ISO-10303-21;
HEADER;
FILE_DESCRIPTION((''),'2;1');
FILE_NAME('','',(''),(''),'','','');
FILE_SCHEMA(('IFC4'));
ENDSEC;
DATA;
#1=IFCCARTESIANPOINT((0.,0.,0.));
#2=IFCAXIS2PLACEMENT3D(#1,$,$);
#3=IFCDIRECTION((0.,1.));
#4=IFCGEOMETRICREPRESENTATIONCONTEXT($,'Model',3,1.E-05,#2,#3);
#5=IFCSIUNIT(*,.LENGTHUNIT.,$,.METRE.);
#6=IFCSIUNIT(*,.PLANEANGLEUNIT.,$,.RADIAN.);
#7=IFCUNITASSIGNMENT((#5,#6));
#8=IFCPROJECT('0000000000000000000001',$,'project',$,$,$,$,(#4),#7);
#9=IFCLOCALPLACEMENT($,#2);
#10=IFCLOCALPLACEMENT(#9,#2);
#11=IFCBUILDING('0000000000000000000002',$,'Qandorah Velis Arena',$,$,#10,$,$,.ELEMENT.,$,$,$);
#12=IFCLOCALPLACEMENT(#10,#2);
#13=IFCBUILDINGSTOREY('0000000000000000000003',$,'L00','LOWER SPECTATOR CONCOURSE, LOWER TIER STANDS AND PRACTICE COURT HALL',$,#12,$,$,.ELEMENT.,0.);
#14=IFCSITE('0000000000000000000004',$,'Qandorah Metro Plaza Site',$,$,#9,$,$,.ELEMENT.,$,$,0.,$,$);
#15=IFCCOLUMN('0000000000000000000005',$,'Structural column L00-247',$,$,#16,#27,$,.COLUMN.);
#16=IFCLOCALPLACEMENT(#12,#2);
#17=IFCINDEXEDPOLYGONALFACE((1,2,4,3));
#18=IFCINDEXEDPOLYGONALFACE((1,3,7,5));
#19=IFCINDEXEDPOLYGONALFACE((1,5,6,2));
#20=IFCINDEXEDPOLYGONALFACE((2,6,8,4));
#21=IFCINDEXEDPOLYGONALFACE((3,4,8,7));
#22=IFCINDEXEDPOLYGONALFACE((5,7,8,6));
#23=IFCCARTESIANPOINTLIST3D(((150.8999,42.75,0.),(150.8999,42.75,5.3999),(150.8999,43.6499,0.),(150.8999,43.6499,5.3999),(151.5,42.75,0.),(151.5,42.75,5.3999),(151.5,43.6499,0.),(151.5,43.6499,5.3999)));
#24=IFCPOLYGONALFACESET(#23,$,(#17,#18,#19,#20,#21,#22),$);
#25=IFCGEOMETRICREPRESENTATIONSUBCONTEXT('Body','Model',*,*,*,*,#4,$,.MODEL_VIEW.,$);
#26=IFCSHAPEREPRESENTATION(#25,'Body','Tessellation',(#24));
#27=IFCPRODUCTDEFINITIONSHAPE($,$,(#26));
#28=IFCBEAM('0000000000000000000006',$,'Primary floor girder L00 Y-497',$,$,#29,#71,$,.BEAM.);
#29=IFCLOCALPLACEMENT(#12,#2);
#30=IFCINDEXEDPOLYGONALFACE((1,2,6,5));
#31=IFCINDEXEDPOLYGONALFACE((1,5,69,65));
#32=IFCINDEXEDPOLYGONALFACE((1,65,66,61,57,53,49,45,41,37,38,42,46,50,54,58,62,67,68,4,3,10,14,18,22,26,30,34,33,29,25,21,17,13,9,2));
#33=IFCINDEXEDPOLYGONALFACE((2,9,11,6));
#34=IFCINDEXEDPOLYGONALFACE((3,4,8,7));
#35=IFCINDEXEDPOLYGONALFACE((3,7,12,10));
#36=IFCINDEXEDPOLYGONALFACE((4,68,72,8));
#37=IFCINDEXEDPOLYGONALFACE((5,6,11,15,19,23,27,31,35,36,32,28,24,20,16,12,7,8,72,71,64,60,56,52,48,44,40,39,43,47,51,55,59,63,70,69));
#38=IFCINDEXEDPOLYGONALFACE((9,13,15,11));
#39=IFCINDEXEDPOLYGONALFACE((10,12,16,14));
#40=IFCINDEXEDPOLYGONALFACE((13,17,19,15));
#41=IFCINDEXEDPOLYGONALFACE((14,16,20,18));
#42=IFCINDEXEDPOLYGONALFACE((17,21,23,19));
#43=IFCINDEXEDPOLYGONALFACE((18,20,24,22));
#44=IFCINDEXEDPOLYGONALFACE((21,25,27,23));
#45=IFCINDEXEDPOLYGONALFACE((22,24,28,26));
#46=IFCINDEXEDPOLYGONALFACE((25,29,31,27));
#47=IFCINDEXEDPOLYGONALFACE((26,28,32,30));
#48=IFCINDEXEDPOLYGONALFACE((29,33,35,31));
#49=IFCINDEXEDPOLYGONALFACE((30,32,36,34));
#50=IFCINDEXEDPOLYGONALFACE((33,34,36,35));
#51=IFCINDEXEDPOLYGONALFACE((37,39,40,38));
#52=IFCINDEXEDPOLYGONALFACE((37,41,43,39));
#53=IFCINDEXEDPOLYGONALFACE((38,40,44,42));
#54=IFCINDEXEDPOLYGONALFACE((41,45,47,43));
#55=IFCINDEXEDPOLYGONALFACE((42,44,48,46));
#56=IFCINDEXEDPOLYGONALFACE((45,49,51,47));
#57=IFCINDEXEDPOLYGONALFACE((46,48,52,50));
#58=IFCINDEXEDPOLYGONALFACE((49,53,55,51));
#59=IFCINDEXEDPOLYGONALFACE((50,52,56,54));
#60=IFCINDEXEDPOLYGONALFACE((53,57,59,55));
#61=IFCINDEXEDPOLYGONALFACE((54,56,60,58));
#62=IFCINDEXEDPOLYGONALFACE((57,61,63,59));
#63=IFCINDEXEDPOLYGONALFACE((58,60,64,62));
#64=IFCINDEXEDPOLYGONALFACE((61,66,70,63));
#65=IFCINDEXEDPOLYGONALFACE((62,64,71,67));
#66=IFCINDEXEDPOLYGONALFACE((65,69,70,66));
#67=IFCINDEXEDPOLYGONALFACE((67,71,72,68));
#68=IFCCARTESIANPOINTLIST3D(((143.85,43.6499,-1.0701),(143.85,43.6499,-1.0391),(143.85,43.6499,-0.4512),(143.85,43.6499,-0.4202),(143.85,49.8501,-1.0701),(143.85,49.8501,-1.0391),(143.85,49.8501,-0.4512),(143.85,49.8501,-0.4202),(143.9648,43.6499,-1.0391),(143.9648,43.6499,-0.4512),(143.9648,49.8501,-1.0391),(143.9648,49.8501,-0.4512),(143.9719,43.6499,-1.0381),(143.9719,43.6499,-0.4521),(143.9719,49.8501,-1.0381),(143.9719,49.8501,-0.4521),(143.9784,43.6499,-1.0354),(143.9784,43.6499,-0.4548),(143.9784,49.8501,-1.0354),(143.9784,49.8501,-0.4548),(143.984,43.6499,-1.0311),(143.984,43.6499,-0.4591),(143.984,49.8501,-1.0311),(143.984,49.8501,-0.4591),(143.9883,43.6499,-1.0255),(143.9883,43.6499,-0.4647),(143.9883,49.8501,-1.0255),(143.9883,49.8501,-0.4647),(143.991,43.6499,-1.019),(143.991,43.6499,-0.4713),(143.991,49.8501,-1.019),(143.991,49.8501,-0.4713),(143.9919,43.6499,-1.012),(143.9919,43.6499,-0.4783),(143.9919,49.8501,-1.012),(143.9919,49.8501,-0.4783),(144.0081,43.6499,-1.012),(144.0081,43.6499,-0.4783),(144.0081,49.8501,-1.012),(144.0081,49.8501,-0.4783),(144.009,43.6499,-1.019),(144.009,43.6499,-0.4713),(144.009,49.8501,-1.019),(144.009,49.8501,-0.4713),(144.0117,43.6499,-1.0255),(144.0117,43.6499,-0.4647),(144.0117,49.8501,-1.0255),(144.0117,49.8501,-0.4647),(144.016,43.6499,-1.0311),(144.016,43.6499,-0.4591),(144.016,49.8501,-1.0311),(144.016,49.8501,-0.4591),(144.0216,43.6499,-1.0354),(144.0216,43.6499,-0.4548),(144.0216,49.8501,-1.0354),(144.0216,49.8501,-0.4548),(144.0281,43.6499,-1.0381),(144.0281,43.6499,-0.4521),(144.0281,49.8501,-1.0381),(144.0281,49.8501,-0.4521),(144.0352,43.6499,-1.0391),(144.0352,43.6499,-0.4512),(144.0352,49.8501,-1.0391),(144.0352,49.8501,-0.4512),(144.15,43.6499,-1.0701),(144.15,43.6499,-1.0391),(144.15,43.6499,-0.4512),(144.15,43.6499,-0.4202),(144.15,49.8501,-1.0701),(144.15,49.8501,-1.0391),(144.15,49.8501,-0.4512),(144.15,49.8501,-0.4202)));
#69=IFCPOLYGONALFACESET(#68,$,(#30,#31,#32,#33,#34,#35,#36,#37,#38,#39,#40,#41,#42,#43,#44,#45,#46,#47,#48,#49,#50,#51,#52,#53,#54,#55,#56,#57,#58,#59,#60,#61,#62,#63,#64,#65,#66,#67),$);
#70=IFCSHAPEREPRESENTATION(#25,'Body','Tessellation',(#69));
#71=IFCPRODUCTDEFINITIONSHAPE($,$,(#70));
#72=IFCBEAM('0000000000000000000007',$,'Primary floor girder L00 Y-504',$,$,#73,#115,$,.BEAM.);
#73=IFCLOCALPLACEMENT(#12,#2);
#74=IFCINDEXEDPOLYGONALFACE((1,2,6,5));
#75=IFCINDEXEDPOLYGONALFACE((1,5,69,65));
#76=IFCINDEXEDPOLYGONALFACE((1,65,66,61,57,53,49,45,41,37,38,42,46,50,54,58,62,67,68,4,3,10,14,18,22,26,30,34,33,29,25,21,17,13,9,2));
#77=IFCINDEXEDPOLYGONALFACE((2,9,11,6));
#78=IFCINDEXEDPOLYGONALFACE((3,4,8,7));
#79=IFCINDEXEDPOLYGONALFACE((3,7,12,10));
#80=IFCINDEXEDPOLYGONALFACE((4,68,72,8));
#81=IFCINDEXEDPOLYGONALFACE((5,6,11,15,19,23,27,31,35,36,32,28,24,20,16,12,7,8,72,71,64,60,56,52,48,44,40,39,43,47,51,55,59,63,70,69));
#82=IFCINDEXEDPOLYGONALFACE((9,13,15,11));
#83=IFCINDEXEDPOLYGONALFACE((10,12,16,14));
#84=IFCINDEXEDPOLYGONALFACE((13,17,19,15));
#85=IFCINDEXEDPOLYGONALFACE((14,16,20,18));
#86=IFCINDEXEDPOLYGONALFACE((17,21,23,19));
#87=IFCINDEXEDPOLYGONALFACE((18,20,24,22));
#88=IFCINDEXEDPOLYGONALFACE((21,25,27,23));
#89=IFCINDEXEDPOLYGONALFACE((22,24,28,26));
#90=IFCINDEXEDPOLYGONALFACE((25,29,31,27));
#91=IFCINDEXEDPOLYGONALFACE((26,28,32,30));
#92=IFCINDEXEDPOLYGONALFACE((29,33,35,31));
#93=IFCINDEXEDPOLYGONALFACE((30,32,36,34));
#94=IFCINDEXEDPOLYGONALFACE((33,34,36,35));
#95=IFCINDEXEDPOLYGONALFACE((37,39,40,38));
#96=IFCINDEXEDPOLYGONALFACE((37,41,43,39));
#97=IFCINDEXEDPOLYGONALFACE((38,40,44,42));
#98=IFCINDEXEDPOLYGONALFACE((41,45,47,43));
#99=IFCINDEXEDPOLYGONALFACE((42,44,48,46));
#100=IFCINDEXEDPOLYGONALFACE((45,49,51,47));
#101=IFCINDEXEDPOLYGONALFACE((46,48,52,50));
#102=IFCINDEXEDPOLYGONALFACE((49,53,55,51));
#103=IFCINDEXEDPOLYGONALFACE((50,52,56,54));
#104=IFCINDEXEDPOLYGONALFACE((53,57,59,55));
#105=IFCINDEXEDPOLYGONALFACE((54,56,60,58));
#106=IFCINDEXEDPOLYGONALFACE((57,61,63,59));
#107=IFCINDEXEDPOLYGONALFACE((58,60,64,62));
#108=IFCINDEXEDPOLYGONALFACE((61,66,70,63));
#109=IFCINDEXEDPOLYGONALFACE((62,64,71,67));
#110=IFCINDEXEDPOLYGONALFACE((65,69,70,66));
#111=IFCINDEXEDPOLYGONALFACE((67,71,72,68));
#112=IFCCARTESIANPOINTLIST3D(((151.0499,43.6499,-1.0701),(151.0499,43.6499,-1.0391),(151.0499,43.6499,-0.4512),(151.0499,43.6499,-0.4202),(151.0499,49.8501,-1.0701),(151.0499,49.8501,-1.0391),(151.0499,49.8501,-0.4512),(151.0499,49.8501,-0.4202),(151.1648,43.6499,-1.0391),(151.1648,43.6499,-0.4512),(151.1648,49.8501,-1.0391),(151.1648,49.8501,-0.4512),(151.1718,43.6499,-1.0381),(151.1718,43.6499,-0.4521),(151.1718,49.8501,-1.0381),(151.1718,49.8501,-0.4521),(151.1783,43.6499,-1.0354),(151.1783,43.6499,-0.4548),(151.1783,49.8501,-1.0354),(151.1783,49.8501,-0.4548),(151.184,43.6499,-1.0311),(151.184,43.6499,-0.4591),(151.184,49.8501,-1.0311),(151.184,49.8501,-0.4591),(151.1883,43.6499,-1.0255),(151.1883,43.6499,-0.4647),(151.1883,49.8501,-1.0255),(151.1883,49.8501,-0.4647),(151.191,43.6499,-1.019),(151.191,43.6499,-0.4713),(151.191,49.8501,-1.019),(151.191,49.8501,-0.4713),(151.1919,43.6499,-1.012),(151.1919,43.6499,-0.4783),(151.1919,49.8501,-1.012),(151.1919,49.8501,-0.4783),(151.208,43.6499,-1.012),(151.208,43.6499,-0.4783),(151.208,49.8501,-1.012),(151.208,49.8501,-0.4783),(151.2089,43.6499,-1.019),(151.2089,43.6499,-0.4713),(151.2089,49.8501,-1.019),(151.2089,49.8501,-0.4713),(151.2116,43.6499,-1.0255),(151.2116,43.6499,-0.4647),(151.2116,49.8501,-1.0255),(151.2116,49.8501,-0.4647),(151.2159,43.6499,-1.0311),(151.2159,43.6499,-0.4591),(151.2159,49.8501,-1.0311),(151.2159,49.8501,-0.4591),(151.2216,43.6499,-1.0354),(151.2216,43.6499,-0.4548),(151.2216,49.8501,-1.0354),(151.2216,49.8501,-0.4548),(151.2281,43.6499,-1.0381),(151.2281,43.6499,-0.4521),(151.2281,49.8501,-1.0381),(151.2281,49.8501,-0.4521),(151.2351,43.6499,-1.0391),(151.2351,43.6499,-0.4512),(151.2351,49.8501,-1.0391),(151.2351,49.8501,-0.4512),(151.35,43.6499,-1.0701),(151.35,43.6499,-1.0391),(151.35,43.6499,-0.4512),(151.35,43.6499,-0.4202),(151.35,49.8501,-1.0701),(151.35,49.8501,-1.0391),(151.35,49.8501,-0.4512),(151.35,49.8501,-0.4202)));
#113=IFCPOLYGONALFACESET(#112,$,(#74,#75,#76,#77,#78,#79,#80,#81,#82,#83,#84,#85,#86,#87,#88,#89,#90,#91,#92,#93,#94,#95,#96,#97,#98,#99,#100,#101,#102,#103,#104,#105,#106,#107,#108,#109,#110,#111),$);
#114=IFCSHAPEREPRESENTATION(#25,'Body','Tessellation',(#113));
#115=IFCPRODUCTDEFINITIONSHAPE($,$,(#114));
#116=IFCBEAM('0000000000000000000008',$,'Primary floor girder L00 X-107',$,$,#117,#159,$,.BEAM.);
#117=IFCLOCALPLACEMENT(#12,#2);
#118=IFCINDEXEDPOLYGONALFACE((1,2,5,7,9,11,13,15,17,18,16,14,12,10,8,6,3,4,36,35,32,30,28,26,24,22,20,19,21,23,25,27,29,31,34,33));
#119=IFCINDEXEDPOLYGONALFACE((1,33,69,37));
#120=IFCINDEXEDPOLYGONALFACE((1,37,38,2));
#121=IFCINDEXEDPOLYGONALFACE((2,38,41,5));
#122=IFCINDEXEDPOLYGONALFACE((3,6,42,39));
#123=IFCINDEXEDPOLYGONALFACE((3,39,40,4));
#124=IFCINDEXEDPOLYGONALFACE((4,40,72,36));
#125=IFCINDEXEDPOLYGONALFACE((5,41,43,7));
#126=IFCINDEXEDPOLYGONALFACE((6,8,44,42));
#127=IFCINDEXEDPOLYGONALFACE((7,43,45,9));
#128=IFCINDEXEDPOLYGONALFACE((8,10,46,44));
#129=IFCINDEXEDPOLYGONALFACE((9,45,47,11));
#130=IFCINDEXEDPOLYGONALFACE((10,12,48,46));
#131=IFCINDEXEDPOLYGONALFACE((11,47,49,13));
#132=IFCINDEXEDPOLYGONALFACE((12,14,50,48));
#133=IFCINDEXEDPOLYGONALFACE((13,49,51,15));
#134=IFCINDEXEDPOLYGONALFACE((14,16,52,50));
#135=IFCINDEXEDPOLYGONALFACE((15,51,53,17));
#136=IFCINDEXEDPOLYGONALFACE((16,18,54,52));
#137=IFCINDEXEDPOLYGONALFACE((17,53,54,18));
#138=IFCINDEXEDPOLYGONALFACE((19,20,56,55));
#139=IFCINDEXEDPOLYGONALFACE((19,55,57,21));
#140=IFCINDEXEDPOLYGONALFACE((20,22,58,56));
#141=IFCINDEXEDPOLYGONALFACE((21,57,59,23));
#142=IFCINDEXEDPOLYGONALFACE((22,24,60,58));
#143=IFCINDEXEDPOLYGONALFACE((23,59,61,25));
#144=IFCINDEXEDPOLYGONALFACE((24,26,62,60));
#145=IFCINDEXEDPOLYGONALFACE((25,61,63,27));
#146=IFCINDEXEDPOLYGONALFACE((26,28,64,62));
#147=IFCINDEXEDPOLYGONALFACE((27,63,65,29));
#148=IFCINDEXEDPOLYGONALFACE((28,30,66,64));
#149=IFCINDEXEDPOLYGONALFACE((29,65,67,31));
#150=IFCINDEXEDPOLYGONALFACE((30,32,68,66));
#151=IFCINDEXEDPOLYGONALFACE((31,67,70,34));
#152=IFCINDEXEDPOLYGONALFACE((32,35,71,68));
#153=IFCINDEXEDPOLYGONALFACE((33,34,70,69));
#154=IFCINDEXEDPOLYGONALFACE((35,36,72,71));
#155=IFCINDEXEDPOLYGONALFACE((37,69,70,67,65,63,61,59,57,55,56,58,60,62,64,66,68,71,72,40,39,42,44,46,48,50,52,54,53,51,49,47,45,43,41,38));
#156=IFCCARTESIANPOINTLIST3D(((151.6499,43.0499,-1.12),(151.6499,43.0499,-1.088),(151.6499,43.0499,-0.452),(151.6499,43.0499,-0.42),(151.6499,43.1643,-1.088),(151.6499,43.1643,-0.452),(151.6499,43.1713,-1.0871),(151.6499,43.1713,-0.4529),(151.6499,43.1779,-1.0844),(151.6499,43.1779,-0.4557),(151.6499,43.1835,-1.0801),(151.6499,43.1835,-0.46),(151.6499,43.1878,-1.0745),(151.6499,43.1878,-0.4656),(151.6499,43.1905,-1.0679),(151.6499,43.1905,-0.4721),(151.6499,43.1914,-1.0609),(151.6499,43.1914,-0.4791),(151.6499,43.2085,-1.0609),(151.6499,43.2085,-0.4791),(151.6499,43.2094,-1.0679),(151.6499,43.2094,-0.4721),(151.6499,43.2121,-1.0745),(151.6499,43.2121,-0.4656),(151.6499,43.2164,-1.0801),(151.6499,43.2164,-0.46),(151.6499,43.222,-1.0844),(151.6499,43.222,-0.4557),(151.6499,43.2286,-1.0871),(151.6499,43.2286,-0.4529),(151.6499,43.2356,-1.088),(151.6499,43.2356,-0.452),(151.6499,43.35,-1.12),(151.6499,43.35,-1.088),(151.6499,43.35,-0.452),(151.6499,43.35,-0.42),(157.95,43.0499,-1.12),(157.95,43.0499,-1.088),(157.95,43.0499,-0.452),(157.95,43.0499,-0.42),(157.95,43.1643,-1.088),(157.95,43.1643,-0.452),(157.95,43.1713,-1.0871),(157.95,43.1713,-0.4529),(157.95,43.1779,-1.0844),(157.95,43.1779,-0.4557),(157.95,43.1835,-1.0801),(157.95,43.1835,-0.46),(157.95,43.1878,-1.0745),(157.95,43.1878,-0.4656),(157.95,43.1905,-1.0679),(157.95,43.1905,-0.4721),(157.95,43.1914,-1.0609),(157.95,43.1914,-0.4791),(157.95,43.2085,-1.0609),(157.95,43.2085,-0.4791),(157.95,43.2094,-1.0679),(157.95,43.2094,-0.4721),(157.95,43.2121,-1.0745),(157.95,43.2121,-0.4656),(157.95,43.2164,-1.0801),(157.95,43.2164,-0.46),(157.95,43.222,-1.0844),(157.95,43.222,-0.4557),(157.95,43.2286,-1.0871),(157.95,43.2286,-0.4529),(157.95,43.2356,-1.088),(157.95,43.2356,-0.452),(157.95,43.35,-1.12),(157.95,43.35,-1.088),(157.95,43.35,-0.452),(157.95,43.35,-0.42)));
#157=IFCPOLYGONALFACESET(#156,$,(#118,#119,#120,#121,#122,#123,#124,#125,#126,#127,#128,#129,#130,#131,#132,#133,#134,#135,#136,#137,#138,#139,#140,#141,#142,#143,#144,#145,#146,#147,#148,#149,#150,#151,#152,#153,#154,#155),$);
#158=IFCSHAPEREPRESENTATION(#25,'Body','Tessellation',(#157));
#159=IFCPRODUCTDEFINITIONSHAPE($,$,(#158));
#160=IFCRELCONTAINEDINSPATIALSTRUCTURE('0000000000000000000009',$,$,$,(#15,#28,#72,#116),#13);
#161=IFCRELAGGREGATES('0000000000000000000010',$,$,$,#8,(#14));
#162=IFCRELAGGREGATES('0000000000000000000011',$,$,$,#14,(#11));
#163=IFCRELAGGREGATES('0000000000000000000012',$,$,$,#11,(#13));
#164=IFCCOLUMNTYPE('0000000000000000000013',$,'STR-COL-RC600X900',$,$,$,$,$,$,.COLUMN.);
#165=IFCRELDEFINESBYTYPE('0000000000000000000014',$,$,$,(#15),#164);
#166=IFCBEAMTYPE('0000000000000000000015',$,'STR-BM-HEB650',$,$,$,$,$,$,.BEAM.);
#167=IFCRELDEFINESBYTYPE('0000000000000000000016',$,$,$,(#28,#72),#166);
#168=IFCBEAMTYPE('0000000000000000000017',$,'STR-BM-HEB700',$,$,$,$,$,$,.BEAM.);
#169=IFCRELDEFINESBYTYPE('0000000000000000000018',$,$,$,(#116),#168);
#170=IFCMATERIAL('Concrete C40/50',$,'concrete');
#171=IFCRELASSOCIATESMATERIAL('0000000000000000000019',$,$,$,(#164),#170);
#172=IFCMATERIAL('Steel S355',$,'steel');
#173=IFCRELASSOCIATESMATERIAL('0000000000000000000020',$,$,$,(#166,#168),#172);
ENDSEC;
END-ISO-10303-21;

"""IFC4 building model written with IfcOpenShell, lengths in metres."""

from ifc_helpers import new_model, si_unit, direction, frame, origin, origin_2d, place, context, subcontext, project, spatial, rectangle, i_section, extrude, material, material_profile, profile_set, type_object, element, save


model = new_model("IFC4")

# Units and contexts
model_context = context("Model", 3, precision=1e-05, world=origin(), true_north=direction((0.0, 1.0)))
body_context = subcontext(model_context, "Body", "Model", "MODEL_VIEW")
ifc_project = project(units=[si_unit("LENGTHUNIT", "METRE"), si_unit("PLANEANGLEUNIT", "RADIAN")], contexts=[model_context])

# Site, building, storey
site_placement = place(None, origin())
site = spatial("IfcSite", under=ifc_project, at=site_placement, Name="Qandorah Metro Plaza Site", CompositionType="ELEMENT", RefElevation=0.0)
building_placement = place(site_placement, origin())
building = spatial("IfcBuilding", under=site, at=building_placement, Name="Qandorah Velis Arena", CompositionType="ELEMENT")
storey_placement = place(building_placement, origin())
storey = spatial("IfcBuildingStorey", under=building, at=storey_placement, Name="L00", Description="LOWER SPECTATOR CONCOURSE, LOWER TIER STANDS AND PRACTICE COURT HALL", CompositionType="ELEMENT", Elevation=0.0)

# Column
ifc_material_1 = material(Name="Concrete C40/50", Category="concrete")
ifc_material_profile_1 = material_profile(ifc_material_1, rectangle(XDim=0.6001, YDim=0.8999, at=origin_2d()), Name="RC COL 600x900")
ifc_profile_set_1 = profile_set([ifc_material_profile_1], Name="Concrete C40/50")
column_type = type_object("IfcColumnType", Name="STR-COL-RC600X900", PredefinedType="COLUMN", material=ifc_profile_set_1)
column_placement = place(storey_placement, frame((151.2, 43.2, 0.0), z_axis=(0.0, 0.0, 1.0), x_axis=(1.0, 0.0, 0.0)))
element("IfcColumn", 1, at=column_placement, inside=storey, type_object=column_type, Name="Structural column L00-247", PredefinedType="COLUMN", context=body_context, shape_type="SweptSolid", body=[
    extrude(rectangle(XDim=0.6001, YDim=0.8999, at=origin_2d()), origin(), (0.0, 0.0, 1.0), 5.3999),
])

# Beams
ifc_material_2 = material(Name="Steel S355", Category="steel")
ifc_material_profile_2 = material_profile(ifc_material_2, i_section(OverallWidth=0.3, OverallDepth=0.6499, WebThickness=0.0161, FlangeThickness=0.031, FilletRadius=0.0271, at=origin_2d()), Name="HEB 650")
ifc_profile_set_2 = profile_set([ifc_material_profile_2], Name="Steel S355")
beam_type_1 = type_object("IfcBeamType", Name="STR-BM-HEB650", PredefinedType="BEAM", material=ifc_profile_set_2)
for number, where, z_axis, x_axis, name in (
    (2, (144.0, 43.6499, -0.7451), (0.0, 1.0, 0.0), (-1.0, 0.0, 0.0), "Primary floor girder L00 Y-497"),
    (3, (151.2, 43.6499, -0.7451), (0.0, 1.0, 0.0), (-1.0, 0.0, 0.0), "Primary floor girder L00 Y-504"),
):
    element("IfcBeam", number, at=place(storey_placement, frame(where, z_axis=z_axis, x_axis=x_axis)), inside=storey, type_object=beam_type_1, Name=name, PredefinedType="BEAM", context=body_context, shape_type="SweptSolid", body=[
        extrude(i_section(OverallWidth=0.3, OverallDepth=0.6499, WebThickness=0.0161, FlangeThickness=0.031, FilletRadius=0.0271, at=origin_2d()), origin(), (0.0, 0.0, 1.0), 6.2002),
    ])
ifc_material_profile_3 = material_profile(ifc_material_2, i_section(OverallWidth=0.3, OverallDepth=0.7, WebThickness=0.0171, FlangeThickness=0.032, FilletRadius=0.0271, at=origin_2d()), Name="HEB 700")
ifc_profile_set_3 = profile_set([ifc_material_profile_3], Name="Steel S355")
beam_type_2 = type_object("IfcBeamType", Name="STR-BM-HEB700", PredefinedType="BEAM", material=ifc_profile_set_3)
beam_1_placement = place(storey_placement, frame((151.6499, 43.2, -0.77), z_axis=(1.0, 0.0, 0.0), x_axis=(0.0, 1.0, 0.0)))
element("IfcBeam", 4, at=beam_1_placement, inside=storey, type_object=beam_type_2, Name="Primary floor girder L00 X-107", PredefinedType="BEAM", context=body_context, shape_type="SweptSolid", body=[
    extrude(i_section(OverallWidth=0.3, OverallDepth=0.7, WebThickness=0.0171, FlangeThickness=0.032, FilletRadius=0.0271, at=origin_2d()), origin(), (0.0, 0.0, 1.0), 6.3),
])

save(model, "model.ifc")
